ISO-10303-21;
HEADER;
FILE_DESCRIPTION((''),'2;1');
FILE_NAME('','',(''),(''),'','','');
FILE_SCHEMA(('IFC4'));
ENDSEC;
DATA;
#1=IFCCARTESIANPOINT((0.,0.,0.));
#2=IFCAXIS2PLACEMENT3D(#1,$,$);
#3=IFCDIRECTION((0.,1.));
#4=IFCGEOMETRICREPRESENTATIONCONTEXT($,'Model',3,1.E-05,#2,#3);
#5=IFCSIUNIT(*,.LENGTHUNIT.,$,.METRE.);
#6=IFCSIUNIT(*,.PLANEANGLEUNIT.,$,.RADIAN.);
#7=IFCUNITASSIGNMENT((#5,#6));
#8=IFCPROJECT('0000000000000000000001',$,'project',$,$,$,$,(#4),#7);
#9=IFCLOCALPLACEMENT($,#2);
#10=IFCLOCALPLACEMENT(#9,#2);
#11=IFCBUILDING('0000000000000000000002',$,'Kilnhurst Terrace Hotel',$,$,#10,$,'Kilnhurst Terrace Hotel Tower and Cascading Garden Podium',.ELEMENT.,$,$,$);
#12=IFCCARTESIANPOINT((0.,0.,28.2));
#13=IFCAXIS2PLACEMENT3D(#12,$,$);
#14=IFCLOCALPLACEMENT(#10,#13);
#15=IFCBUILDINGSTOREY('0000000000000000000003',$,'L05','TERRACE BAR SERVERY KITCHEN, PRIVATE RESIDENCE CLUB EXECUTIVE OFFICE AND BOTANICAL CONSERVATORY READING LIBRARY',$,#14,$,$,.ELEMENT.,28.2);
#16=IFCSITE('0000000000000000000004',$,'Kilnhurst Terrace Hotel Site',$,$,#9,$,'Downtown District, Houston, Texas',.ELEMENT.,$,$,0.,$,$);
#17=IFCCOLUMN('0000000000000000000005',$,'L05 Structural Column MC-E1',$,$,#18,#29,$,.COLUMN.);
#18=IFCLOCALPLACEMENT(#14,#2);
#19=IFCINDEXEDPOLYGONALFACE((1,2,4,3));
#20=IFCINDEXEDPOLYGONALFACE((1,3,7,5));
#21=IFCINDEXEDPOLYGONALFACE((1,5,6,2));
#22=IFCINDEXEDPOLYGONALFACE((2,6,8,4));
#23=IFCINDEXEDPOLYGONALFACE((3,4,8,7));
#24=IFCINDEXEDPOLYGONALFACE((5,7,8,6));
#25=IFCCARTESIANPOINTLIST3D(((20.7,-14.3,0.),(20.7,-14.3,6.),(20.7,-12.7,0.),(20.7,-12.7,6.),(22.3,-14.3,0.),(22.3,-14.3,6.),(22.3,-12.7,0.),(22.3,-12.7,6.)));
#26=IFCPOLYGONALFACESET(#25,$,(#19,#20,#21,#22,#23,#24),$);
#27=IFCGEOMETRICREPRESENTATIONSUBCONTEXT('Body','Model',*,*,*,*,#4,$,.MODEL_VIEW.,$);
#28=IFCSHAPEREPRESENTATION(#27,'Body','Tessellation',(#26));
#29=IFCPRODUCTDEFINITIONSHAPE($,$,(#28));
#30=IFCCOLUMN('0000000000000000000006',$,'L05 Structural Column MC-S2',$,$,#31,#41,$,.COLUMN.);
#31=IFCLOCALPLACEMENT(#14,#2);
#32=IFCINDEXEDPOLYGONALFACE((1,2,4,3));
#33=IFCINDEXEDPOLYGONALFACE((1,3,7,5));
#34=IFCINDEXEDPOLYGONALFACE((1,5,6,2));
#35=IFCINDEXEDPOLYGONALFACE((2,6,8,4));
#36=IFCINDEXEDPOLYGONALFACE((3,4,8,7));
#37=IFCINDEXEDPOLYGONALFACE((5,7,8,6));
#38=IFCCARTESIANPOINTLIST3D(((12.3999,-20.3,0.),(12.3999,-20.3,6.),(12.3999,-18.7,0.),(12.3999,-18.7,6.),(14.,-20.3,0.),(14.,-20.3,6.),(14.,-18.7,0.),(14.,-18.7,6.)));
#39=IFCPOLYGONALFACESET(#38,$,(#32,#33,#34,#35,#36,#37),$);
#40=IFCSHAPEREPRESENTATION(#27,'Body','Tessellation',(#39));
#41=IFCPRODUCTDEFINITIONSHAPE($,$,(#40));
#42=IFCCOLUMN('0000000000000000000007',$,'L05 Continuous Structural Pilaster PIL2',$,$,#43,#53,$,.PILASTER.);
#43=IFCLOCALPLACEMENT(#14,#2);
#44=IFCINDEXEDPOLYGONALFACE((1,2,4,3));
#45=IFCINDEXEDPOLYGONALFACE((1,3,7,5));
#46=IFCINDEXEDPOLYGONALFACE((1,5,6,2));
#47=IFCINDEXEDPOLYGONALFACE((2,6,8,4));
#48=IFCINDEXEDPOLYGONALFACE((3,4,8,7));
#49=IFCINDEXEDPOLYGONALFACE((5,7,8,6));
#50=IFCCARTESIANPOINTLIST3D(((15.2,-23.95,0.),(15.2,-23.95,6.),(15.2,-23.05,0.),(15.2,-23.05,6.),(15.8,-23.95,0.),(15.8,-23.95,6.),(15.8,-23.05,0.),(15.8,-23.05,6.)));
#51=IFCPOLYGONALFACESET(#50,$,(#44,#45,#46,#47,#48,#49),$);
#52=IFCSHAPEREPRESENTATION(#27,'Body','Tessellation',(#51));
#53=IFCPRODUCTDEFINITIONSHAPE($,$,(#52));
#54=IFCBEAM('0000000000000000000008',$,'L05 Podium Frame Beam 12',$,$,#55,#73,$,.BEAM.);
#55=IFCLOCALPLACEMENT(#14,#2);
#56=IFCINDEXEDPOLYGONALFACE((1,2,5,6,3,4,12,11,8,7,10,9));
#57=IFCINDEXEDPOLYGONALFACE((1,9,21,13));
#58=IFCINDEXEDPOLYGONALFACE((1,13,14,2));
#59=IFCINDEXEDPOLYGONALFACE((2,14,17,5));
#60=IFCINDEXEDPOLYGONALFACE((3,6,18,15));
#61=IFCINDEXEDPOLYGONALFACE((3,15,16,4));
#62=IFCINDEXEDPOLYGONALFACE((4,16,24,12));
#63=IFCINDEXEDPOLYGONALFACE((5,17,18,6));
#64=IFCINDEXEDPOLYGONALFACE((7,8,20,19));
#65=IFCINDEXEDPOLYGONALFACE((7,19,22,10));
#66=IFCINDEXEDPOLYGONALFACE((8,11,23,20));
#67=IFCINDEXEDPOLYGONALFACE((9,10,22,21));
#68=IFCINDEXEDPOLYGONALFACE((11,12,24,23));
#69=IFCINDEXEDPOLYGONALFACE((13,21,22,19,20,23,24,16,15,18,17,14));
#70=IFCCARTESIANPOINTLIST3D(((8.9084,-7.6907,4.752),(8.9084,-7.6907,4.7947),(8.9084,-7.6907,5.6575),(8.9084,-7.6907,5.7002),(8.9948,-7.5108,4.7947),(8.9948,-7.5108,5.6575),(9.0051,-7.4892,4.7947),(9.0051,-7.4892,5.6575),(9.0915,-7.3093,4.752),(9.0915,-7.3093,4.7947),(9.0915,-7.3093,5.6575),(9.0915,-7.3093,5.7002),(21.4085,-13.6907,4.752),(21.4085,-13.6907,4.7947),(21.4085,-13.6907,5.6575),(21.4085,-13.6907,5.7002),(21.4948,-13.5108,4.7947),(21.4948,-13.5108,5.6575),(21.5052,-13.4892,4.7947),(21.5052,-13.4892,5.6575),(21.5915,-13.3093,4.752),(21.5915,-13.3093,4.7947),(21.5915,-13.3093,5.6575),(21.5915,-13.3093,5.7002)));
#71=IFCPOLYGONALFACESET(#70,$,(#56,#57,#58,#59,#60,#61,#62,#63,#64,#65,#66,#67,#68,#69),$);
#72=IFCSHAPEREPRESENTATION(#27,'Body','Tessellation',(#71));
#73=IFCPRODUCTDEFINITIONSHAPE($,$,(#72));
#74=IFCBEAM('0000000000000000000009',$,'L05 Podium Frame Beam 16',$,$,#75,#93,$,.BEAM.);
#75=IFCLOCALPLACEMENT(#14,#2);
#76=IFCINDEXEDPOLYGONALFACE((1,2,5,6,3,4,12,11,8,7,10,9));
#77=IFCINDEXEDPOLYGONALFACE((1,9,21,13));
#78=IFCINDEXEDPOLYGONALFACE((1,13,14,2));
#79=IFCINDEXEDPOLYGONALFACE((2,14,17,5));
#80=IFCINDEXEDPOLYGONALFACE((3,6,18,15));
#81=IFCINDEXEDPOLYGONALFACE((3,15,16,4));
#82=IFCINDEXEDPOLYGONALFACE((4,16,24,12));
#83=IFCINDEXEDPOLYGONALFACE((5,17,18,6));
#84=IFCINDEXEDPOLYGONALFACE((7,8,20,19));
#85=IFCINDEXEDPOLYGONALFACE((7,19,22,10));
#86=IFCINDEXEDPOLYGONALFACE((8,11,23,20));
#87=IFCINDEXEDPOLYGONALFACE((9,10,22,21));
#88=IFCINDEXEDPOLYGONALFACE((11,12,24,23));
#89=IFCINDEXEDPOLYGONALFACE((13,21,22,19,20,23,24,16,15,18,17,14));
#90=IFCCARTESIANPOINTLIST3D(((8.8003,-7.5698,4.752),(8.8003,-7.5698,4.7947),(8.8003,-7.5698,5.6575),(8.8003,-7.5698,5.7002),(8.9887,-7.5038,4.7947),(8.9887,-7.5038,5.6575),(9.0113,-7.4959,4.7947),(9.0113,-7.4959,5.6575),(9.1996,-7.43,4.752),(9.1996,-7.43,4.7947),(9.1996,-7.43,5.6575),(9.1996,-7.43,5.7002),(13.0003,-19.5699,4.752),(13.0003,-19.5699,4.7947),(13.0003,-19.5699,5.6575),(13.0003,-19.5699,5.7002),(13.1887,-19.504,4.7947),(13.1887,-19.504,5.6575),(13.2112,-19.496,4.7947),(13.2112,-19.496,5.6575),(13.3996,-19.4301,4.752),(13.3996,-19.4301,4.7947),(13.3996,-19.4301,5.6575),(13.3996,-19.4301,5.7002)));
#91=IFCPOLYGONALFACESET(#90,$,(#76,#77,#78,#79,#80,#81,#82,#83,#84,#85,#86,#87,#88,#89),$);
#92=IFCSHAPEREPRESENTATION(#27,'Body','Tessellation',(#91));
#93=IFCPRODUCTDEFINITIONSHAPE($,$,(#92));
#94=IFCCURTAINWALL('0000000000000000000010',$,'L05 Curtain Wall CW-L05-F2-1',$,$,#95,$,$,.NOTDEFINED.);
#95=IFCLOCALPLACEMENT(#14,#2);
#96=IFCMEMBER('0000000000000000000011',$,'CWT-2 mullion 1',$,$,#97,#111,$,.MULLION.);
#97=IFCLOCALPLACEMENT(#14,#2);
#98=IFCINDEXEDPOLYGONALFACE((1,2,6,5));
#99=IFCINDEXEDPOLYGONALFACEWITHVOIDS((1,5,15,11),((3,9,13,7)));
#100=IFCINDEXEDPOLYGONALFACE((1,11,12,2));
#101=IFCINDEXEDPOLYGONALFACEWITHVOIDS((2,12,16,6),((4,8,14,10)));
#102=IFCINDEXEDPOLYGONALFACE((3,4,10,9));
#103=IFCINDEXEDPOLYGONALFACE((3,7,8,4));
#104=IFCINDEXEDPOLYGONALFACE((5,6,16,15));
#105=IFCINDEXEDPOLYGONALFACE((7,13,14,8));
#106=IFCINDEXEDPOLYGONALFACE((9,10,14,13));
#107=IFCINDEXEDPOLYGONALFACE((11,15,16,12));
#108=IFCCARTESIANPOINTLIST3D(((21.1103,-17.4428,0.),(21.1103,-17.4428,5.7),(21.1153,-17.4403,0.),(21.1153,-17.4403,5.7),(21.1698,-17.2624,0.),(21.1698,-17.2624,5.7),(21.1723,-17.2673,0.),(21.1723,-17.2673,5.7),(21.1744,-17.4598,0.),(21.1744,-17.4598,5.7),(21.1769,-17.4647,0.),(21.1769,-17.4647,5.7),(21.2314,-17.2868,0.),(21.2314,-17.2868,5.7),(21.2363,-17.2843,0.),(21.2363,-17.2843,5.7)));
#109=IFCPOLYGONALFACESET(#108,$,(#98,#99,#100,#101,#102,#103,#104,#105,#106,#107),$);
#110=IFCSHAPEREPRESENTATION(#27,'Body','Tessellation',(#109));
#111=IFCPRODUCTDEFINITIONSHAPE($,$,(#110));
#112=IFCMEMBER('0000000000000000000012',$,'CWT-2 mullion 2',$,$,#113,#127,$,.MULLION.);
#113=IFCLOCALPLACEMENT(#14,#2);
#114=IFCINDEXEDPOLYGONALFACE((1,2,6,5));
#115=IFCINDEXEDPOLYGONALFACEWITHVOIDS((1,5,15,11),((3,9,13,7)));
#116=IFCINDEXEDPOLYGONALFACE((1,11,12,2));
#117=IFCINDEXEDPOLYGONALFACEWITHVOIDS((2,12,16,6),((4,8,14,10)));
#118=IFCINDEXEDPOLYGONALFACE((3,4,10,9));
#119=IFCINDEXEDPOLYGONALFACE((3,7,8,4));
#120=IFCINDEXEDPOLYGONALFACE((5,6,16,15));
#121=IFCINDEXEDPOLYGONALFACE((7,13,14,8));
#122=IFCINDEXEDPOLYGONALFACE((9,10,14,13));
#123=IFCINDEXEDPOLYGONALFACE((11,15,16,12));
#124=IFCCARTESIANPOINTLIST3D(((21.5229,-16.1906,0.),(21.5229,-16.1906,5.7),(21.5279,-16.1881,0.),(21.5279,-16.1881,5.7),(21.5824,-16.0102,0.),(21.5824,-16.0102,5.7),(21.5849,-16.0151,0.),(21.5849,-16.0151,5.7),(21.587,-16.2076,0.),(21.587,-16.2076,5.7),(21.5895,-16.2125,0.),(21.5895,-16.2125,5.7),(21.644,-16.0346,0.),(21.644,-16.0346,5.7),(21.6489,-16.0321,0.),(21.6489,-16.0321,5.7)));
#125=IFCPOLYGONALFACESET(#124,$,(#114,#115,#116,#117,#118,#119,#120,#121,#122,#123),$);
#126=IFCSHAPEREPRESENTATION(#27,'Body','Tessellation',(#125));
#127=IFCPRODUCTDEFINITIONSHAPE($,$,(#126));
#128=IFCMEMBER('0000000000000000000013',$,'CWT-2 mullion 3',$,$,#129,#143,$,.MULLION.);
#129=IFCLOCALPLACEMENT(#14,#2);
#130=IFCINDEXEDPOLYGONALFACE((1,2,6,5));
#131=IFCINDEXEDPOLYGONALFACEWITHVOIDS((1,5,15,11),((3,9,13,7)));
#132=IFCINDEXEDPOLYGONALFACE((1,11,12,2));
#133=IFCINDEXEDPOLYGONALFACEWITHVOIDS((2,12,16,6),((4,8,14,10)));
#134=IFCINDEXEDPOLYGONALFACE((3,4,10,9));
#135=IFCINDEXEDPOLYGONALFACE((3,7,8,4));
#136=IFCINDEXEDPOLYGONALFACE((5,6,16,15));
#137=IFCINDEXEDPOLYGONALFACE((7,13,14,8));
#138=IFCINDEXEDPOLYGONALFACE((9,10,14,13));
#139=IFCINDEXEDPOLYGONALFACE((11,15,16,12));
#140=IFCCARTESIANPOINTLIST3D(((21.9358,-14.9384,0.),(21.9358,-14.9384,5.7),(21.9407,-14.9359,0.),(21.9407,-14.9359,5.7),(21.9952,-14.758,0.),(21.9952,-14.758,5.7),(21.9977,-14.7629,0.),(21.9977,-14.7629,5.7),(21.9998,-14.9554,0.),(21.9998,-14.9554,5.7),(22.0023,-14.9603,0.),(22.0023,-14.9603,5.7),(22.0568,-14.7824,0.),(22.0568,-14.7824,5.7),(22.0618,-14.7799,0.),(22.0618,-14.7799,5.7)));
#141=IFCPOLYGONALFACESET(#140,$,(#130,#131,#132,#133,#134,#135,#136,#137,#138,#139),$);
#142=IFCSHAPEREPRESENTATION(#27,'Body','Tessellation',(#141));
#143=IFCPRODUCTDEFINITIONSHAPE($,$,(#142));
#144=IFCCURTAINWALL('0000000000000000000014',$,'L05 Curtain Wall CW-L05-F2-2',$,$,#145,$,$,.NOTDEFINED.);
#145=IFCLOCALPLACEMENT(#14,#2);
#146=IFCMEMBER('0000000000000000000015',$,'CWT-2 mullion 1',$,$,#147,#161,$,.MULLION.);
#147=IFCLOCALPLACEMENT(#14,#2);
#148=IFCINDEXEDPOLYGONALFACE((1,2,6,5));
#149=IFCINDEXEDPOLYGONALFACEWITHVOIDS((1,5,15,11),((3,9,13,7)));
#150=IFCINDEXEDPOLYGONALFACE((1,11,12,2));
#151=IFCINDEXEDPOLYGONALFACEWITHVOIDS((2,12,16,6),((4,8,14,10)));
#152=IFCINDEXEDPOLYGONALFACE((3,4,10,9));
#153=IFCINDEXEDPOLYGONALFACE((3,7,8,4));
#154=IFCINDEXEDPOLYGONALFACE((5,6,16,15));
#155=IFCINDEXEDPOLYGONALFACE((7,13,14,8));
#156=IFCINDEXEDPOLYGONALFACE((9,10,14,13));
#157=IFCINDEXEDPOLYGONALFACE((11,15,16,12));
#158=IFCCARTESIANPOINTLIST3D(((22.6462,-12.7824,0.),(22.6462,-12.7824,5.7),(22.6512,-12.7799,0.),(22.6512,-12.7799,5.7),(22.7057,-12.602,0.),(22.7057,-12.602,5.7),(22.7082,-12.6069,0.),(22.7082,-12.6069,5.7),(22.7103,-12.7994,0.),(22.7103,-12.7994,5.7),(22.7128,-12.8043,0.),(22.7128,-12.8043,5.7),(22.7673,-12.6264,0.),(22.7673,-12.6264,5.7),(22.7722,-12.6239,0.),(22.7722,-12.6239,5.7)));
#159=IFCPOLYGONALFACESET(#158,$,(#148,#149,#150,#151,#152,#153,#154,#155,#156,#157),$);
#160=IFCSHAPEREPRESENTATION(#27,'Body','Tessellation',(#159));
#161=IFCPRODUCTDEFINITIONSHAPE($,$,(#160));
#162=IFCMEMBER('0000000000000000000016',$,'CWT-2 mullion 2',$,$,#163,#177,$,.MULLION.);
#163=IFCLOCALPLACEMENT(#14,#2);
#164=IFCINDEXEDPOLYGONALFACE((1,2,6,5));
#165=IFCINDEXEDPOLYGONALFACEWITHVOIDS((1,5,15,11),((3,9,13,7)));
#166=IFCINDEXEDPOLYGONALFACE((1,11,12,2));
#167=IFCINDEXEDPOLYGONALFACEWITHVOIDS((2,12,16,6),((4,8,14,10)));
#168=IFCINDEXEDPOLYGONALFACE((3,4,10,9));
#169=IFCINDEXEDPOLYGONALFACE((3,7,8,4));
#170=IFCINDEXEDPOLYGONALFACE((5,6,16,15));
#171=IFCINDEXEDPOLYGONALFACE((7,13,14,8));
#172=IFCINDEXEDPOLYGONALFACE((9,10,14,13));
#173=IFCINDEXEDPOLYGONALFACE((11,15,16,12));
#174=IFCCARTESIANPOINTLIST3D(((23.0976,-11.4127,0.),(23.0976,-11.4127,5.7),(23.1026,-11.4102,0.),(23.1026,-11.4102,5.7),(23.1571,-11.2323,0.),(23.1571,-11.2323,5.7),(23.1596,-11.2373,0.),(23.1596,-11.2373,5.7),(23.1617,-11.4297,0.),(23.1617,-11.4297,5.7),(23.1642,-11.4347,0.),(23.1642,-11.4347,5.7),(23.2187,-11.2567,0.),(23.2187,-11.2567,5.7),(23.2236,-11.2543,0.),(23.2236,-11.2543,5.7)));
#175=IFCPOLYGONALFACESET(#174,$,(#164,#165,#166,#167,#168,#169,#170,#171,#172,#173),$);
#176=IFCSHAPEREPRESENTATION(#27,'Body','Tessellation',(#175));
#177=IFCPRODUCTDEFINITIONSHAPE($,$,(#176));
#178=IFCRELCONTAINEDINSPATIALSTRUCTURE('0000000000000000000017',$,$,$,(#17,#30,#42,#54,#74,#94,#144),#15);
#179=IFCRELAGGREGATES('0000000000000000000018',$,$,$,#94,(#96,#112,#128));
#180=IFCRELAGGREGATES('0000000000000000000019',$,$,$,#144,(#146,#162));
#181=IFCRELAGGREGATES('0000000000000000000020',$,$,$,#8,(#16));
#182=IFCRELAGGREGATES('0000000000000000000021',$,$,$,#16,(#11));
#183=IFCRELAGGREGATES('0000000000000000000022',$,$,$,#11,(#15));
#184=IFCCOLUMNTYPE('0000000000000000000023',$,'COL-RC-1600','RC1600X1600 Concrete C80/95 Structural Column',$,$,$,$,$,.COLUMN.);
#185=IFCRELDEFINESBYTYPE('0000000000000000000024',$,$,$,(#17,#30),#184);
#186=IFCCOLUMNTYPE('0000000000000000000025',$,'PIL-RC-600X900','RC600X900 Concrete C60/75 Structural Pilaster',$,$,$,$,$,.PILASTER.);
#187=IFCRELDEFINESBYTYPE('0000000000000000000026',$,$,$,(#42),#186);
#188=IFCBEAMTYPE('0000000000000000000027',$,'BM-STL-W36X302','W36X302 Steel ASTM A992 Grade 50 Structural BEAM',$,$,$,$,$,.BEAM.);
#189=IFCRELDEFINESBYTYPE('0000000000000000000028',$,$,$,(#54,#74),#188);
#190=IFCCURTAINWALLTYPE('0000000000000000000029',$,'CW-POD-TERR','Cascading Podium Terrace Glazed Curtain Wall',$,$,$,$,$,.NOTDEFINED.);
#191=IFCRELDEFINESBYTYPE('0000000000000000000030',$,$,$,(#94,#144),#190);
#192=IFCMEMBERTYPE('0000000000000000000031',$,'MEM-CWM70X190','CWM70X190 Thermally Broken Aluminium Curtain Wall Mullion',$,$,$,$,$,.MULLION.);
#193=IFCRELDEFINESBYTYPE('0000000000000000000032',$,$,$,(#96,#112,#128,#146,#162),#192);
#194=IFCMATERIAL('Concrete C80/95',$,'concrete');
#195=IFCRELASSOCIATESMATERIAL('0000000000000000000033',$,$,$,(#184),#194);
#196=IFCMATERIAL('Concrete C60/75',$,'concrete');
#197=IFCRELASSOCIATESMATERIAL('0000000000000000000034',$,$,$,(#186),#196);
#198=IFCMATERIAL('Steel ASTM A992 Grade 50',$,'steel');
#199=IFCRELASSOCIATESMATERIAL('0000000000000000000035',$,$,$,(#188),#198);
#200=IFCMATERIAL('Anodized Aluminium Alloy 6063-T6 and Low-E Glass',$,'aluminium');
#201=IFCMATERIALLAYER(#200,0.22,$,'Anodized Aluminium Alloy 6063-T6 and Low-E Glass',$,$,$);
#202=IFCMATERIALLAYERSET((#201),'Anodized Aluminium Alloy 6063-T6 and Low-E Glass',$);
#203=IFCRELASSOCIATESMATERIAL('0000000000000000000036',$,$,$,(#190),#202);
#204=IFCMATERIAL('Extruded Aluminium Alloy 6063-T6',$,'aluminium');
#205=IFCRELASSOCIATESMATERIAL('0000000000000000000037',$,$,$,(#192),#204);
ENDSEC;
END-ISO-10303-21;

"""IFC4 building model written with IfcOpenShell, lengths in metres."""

from ifc_helpers import new_model, si_unit, direction, frame, origin, origin_2d, place, context, subcontext, project, spatial, rectangle, hollow_rectangle, i_section, extrude, material, layer, layer_set, material_profile, profile_set, type_object, element, aggregate, save


model = new_model("IFC4")

# Units and contexts
model_context = context("Model", 3, precision=1e-05, world=origin(), true_north=direction((0.0, 1.0)))
body_context = subcontext(model_context, "Body", "Model", "MODEL_VIEW")
ifc_project = project(units=[si_unit("LENGTHUNIT", "METRE"), si_unit("PLANEANGLEUNIT", "RADIAN")], contexts=[model_context])

# Site, building, storey
site_placement = place(None, origin())
site = spatial("IfcSite", under=ifc_project, at=site_placement, Name="Kilnhurst Terrace Hotel Site", LongName="Downtown District, Houston, Texas", CompositionType="ELEMENT", RefElevation=0.0)
building_placement = place(site_placement, origin())
building = spatial("IfcBuilding", under=site, at=building_placement, Name="Kilnhurst Terrace Hotel", LongName="Kilnhurst Terrace Hotel Tower and Cascading Garden Podium", CompositionType="ELEMENT")
storey_placement = place(building_placement, frame((0.0, 0.0, 28.2)))
storey = spatial("IfcBuildingStorey", under=building, at=storey_placement, Name="L05", Description="TERRACE BAR SERVERY KITCHEN, PRIVATE RESIDENCE CLUB EXECUTIVE OFFICE AND BOTANICAL CONSERVATORY READING LIBRARY", CompositionType="ELEMENT", Elevation=28.2)

# Columns
ifc_material_1 = material(Name="Concrete C80/95", Category="concrete")
ifc_material_profile_1 = material_profile(ifc_material_1, rectangle(XDim=1.6001, YDim=1.6001, at=origin_2d()), Name="RC1600X1600")
ifc_profile_set_1 = profile_set([ifc_material_profile_1], Name="Concrete C80/95")
column_type_1 = type_object("IfcColumnType", Name="COL-RC-1600", Description="RC1600X1600 Concrete C80/95 Structural Column", PredefinedType="COLUMN", material=ifc_profile_set_1)
for number, where, z_axis, x_axis, name in (
    (1, (21.5, -13.5, 0.0), (0.0, 0.0, 1.0), (1.0, 0.0, 0.0), "L05 Structural Column MC-E1"),
    (2, (13.2, -19.5, 0.0), (0.0, 0.0, 1.0), (1.0, 0.0, 0.0), "L05 Structural Column MC-S2"),
):
    element("IfcColumn", number, at=place(storey_placement, frame(where, z_axis=z_axis, x_axis=x_axis)), inside=storey, type_object=column_type_1, Name=name, PredefinedType="COLUMN", context=body_context, shape_type="SweptSolid", body=[
        extrude(rectangle(XDim=1.6001, YDim=1.6001, at=origin_2d()), origin(), (0.0, 0.0, 1.0), 6.0),
    ])
ifc_material_2 = material(Name="Concrete C60/75", Category="concrete")
ifc_material_profile_2 = material_profile(ifc_material_2, rectangle(XDim=0.6001, YDim=0.8999, at=origin_2d()), Name="RC600X900")
ifc_profile_set_2 = profile_set([ifc_material_profile_2], Name="Concrete C60/75")
column_type_2 = type_object("IfcColumnType", Name="PIL-RC-600X900", Description="RC600X900 Concrete C60/75 Structural Pilaster", PredefinedType="PILASTER", material=ifc_profile_set_2)
column_placement = place(storey_placement, frame((15.5, -23.5, 0.0), z_axis=(0.0, 0.0, 1.0), x_axis=(1.0, 0.0, 0.0)))
element("IfcColumn", 3, at=column_placement, inside=storey, type_object=column_type_2, Name="L05 Continuous Structural Pilaster PIL2", PredefinedType="PILASTER", context=body_context, shape_type="SweptSolid", body=[
    extrude(rectangle(XDim=0.6001, YDim=0.8999, at=origin_2d()), origin(), (0.0, 0.0, 1.0), 6.0),
])

# Beams
ifc_material_3 = material(Name="Steel ASTM A992 Grade 50", Category="steel")
ifc_material_profile_3 = material_profile(ifc_material_3, i_section(OverallWidth=0.4231, OverallDepth=0.9482, WebThickness=0.0239, FlangeThickness=0.0427, at=origin_2d()), Name="W36X302")
ifc_profile_set_3 = profile_set([ifc_material_profile_3], Name="Steel ASTM A992 Grade 50")
beam_type_1 = type_object("IfcBeamType", Name="BM-STL-W36X302", Description="W36X302 Steel ASTM A992 Grade 50 Structural BEAM", PredefinedType="BEAM", material=ifc_profile_set_3)
beam_1_placement = place(storey_placement, frame((21.5, -13.5, 5.2261), z_axis=(-0.901523, 0.432731, 0.0), x_axis=(-0.432731, -0.901523, 0.0)))
element("IfcBeam", 4, at=beam_1_placement, inside=storey, type_object=beam_type_1, Name="L05 Podium Frame Beam 12", PredefinedType="BEAM", context=body_context, shape_type="SweptSolid", body=[
    extrude(i_section(OverallWidth=0.4231, OverallDepth=0.9482, WebThickness=0.0239, FlangeThickness=0.0427, at=origin_2d()), origin(), (0.0, 0.0, 1.0), 13.8655),
])
beam_2_placement = place(storey_placement, frame((13.2, -19.5, 5.2261), z_axis=(-0.330347, 0.94386, 0.0), x_axis=(-0.94386, -0.330347, 0.0)))
element("IfcBeam", 5, at=beam_2_placement, inside=storey, type_object=beam_type_1, Name="L05 Podium Frame Beam 16", PredefinedType="BEAM", context=body_context, shape_type="SweptSolid", body=[
    extrude(i_section(OverallWidth=0.4231, OverallDepth=0.9482, WebThickness=0.0239, FlangeThickness=0.0427, at=origin_2d()), origin(), (0.0, 0.0, 1.0), 12.7139),
])

# Curtain walls, members
ifc_material_4 = material(Name="Anodized Aluminium Alloy 6063-T6 and Low-E Glass", Category="aluminium")
ifc_layer_1 = layer(ifc_material_4, 0.22, Name="Anodized Aluminium Alloy 6063-T6 and Low-E Glass")
ifc_layer_set_1 = layer_set([ifc_layer_1], Name="Anodized Aluminium Alloy 6063-T6 and Low-E Glass")
curtain_wall_type = type_object("IfcCurtainWallType", Name="CW-POD-TERR", Description="Cascading Podium Terrace Glazed Curtain Wall", PredefinedType="NOTDEFINED", material=ifc_layer_set_1)
curtain_wall_1_placement = place(storey_placement, origin())
curtain_wall_1 = element("IfcCurtainWall", 6, at=curtain_wall_1_placement, inside=storey, type_object=curtain_wall_type, Name="L05 Curtain Wall CW-L05-F2-1", PredefinedType="NOTDEFINED")
ifc_material_5 = material(Name="Extruded Aluminium Alloy 6063-T6", Category="aluminium")
ifc_material_profile_4 = material_profile(ifc_material_5, hollow_rectangle(XDim=0.0701, YDim=0.1899, WallThickness=0.0039, at=origin_2d()), Name="CWM70X190")
ifc_profile_set_4 = profile_set([ifc_material_profile_4], Name="Extruded Aluminium Alloy 6063-T6")
member_type_1 = type_object("IfcMemberType", Name="MEM-CWM70X190", Description="CWM70X190 Thermally Broken Aluminium Curtain Wall Mullion", PredefinedType="MULLION", material=ifc_profile_set_4)
member_1_placement = place(storey_placement, frame((21.1733, -17.3635, 0.0), z_axis=(0.0, 0.0, 1.0), x_axis=(-0.949753, 0.313001, 0.0)))
member_1 = element("IfcMember", 7, at=member_1_placement, type_object=member_type_1, Name="CWT-2 mullion 1", PredefinedType="MULLION", context=body_context, shape_type="SweptSolid", body=[
    extrude(hollow_rectangle(XDim=0.0701, YDim=0.1899, WallThickness=0.0039, at=origin_2d()), origin(), (0.0, 0.0, 1.0), 5.7),
])
member_2_placement = place(storey_placement, frame((21.5859, -16.1113, 0.0), z_axis=(0.0, 0.0, 1.0), x_axis=(-0.949753, 0.313001, 0.0)))
member_2 = element("IfcMember", 8, at=member_2_placement, type_object=member_type_1, Name="CWT-2 mullion 2", PredefinedType="MULLION", context=body_context, shape_type="SweptSolid", body=[
    extrude(hollow_rectangle(XDim=0.0701, YDim=0.1899, WallThickness=0.0039, at=origin_2d()), origin(), (0.0, 0.0, 1.0), 5.7),
])
member_3_placement = place(storey_placement, frame((21.9988, -14.8591, 0.0), z_axis=(0.0, 0.0, 1.0), x_axis=(-0.949753, 0.313001, 0.0)))
member_3 = element("IfcMember", 9, at=member_3_placement, type_object=member_type_1, Name="CWT-2 mullion 3", PredefinedType="MULLION", context=body_context, shape_type="SweptSolid", body=[
    extrude(hollow_rectangle(XDim=0.0701, YDim=0.1899, WallThickness=0.0039, at=origin_2d()), origin(), (0.0, 0.0, 1.0), 5.7),
])
curtain_wall_2_placement = place(storey_placement, origin())
curtain_wall_2 = element("IfcCurtainWall", 10, at=curtain_wall_2_placement, inside=storey, type_object=curtain_wall_type, Name="L05 Curtain Wall CW-L05-F2-2", PredefinedType="NOTDEFINED")
member_4_placement = place(storey_placement, frame((22.7092, -12.7031, 0.0), z_axis=(0.0, 0.0, 1.0), x_axis=(-0.949757, 0.312988, 0.0)))
member_4 = element("IfcMember", 11, at=member_4_placement, type_object=member_type_1, Name="CWT-2 mullion 1", PredefinedType="MULLION", context=body_context, shape_type="SweptSolid", body=[
    extrude(hollow_rectangle(XDim=0.0701, YDim=0.1899, WallThickness=0.0039, at=origin_2d()), origin(), (0.0, 0.0, 1.0), 5.7),
])
member_5_placement = place(storey_placement, frame((23.1606, -11.3335, 0.0), z_axis=(0.0, 0.0, 1.0), x_axis=(-0.949757, 0.312988, 0.0)))
member_5 = element("IfcMember", 12, at=member_5_placement, type_object=member_type_1, Name="CWT-2 mullion 2", PredefinedType="MULLION", context=body_context, shape_type="SweptSolid", body=[
    extrude(hollow_rectangle(XDim=0.0701, YDim=0.1899, WallThickness=0.0039, at=origin_2d()), origin(), (0.0, 0.0, 1.0), 5.7),
])

aggregate(curtain_wall_1, [member_1, member_2, member_3])
aggregate(curtain_wall_2, [member_4, member_5])

save(model, "model.ifc")
